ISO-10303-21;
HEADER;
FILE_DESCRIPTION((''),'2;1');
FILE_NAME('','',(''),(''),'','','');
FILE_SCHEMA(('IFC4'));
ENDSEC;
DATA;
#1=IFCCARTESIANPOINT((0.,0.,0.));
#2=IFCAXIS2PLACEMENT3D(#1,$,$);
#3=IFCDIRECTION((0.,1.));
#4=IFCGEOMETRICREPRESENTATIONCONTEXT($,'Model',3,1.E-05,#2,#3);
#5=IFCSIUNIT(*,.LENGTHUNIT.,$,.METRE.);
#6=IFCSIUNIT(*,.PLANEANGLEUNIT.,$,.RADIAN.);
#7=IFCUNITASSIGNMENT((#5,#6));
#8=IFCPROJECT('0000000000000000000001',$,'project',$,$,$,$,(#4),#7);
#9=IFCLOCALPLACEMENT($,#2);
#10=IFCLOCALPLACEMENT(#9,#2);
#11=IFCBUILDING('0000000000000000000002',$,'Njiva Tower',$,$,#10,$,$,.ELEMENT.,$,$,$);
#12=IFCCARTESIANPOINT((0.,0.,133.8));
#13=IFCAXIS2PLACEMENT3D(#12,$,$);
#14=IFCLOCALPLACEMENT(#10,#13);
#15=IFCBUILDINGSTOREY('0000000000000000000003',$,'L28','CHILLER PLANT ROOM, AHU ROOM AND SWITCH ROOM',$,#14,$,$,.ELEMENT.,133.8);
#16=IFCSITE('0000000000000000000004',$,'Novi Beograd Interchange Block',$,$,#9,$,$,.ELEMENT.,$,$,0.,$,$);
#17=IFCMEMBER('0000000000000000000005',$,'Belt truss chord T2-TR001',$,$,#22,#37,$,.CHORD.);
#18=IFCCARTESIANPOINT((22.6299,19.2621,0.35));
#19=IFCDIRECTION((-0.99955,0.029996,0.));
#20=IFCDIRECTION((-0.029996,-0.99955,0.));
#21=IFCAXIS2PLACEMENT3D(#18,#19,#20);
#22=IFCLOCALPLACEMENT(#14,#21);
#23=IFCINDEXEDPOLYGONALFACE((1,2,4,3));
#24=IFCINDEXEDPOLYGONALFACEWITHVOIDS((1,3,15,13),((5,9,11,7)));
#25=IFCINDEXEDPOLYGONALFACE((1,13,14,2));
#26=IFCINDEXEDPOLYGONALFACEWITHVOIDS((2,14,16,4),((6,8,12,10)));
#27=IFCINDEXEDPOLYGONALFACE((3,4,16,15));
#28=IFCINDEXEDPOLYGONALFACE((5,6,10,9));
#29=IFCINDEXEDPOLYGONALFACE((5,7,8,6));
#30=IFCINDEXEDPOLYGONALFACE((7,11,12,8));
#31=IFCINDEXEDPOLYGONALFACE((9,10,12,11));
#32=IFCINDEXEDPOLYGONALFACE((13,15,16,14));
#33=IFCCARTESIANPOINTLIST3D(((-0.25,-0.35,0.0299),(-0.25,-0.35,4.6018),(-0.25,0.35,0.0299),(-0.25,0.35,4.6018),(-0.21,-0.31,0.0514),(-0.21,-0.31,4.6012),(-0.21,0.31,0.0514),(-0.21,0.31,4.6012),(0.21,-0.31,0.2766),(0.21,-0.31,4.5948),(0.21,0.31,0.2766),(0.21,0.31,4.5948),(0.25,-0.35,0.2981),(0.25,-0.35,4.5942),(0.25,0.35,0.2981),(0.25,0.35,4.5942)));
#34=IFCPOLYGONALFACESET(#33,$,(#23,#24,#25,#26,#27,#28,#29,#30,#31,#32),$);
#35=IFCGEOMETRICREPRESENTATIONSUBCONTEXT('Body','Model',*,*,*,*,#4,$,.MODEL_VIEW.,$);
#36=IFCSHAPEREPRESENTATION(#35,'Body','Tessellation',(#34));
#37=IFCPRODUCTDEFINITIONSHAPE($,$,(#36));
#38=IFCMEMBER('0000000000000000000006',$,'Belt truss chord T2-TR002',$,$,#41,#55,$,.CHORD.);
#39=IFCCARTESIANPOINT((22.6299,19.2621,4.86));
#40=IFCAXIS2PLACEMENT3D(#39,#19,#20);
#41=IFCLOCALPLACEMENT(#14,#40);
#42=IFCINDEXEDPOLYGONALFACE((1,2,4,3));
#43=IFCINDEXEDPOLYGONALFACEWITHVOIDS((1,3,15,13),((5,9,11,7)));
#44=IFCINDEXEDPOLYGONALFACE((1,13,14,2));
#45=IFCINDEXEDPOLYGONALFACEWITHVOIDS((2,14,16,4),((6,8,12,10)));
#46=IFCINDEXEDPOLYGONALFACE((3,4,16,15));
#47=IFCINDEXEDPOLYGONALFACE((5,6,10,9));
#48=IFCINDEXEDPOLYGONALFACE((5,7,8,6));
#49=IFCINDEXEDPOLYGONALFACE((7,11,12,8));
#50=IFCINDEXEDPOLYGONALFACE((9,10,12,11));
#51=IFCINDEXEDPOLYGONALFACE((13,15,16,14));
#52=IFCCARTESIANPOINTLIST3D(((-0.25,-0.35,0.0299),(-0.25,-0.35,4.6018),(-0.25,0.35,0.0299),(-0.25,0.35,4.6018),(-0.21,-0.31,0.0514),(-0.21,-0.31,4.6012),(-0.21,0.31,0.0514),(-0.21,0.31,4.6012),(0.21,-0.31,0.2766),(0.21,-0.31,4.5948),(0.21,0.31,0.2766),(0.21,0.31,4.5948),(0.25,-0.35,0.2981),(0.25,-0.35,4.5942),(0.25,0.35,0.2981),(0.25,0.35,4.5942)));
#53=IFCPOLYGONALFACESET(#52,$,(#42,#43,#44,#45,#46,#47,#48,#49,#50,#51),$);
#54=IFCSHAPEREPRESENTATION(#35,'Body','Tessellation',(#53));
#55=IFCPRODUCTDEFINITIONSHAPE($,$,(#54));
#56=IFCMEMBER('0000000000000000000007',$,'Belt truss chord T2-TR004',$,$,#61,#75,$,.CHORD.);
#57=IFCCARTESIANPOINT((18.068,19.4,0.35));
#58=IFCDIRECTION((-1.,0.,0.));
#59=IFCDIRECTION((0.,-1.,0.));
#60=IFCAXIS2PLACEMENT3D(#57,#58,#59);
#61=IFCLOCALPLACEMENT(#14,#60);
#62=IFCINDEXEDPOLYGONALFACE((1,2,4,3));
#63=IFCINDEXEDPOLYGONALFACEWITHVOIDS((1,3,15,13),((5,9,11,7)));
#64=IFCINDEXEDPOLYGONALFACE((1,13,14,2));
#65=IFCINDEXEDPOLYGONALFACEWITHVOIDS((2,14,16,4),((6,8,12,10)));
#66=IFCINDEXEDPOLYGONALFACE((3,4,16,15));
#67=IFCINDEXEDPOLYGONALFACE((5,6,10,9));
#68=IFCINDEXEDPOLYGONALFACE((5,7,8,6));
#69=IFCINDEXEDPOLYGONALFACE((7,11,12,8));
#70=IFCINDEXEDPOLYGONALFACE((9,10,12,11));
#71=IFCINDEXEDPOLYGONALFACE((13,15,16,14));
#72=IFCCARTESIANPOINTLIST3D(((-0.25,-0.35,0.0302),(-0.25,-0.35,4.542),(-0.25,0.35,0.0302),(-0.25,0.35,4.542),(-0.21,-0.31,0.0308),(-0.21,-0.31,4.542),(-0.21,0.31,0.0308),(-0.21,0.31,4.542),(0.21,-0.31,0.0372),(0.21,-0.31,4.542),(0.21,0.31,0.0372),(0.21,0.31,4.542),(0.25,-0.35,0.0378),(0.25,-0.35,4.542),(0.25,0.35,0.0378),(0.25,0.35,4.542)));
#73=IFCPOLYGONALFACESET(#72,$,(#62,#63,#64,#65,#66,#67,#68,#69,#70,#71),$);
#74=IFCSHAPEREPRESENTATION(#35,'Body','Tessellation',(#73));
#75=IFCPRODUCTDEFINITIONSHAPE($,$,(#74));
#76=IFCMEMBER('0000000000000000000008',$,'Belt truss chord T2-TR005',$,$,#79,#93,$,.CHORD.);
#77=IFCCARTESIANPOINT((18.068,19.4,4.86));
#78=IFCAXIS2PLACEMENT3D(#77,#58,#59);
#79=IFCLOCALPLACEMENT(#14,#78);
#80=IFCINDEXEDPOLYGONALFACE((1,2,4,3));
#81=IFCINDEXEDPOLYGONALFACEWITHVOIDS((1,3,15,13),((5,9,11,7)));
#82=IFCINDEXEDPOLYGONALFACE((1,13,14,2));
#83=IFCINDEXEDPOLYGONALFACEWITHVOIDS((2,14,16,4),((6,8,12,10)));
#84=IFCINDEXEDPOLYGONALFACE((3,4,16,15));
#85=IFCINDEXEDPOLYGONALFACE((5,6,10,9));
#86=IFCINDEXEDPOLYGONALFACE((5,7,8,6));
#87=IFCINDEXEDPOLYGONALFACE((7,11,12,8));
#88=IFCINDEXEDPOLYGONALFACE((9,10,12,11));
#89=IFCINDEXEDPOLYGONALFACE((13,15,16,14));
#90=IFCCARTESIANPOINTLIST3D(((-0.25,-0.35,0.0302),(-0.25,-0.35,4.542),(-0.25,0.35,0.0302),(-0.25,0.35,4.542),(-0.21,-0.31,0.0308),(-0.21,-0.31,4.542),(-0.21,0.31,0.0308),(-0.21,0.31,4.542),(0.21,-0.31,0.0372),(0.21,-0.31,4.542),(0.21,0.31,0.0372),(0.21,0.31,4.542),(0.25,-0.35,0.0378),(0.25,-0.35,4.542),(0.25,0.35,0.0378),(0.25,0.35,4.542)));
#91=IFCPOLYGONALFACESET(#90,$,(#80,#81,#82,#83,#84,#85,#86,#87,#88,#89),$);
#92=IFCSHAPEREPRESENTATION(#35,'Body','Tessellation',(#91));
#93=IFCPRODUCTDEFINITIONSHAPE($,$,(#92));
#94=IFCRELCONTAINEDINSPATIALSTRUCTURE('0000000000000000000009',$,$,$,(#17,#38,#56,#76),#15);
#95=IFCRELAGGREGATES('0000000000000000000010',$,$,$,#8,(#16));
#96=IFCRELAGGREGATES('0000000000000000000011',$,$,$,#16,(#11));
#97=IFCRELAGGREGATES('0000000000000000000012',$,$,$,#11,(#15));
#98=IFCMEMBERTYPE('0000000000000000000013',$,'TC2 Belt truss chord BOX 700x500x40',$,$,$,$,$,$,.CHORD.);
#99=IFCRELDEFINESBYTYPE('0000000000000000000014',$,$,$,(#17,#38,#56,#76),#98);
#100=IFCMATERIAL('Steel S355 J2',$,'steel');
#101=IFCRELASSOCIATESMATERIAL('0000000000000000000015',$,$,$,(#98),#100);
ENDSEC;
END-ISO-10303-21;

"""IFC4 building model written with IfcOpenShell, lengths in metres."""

from ifc_helpers import new_model, si_unit, direction, frame, origin, origin_2d, place, context, subcontext, project, spatial, hollow_rectangle, extrude, clip, halfspace, material, material_profile, profile_set, type_object, element, save


model = new_model("IFC4")

# Units and contexts
model_context = context("Model", 3, precision=1e-05, world=origin(), true_north=direction((0.0, 1.0)))
body_context = subcontext(model_context, "Body", "Model", "MODEL_VIEW")
ifc_project = project(units=[si_unit("LENGTHUNIT", "METRE"), si_unit("PLANEANGLEUNIT", "RADIAN")], contexts=[model_context])

# Site, building, storey
site_placement = place(None, origin())
site = spatial("IfcSite", under=ifc_project, at=site_placement, Name="Novi Beograd Interchange Block", CompositionType="ELEMENT", RefElevation=0.0)
building_placement = place(site_placement, origin())
building = spatial("IfcBuilding", under=site, at=building_placement, Name="Njiva Tower", CompositionType="ELEMENT")
storey_placement = place(building_placement, frame((0.0, 0.0, 133.8)))
storey = spatial("IfcBuildingStorey", under=building, at=storey_placement, Name="L28", Description="CHILLER PLANT ROOM, AHU ROOM AND SWITCH ROOM", CompositionType="ELEMENT", Elevation=133.8)

# Shared definitions
ifc_material_1 = material(Name="Steel S355 J2", Category="steel")

# Members
ifc_material_profile_1 = material_profile(ifc_material_1, hollow_rectangle(XDim=0.5, YDim=0.7, WallThickness=0.04, at=origin_2d()), Name="BOX 700x500x40")
ifc_profile_set_1 = profile_set([ifc_material_profile_1], Name="Steel S355 J2")
member_type_1 = type_object("IfcMemberType", Name="TC2 Belt truss chord BOX 700x500x40", PredefinedType="CHORD", material=ifc_profile_set_1)
member_1_placement = place(storey_placement, frame((22.6299, 19.2621, 0.35), z_axis=(-0.99955, 0.029996, 0.0), x_axis=(-0.029996, -0.99955, 0.0)))
element("IfcMember", 1, at=member_1_placement, inside=storey, type_object=member_type_1, Name="Belt truss chord T2-TR001", PredefinedType="CHORD", context=body_context, shape_type="Clipping", body=[
    clip(clip(extrude(hollow_rectangle(XDim=0.5, YDim=0.7, WallThickness=0.04, at=origin_2d()), origin(), (0.0, 0.0, 1.0), 4.632), halfspace(frame((0.0, -134.15, 0.164), z_axis=(0.472648, 0.0, -0.881251), x_axis=(0.0, -1.0, 0.0)), False)), halfspace(frame((0.0, -134.15, 4.598), z_axis=(0.014999, 0.0, 0.999888), x_axis=(0.0, 1.0, 0.0)), False)),
])
member_2_placement = place(storey_placement, frame((22.6299, 19.2621, 4.86), z_axis=(-0.99955, 0.029996, 0.0), x_axis=(-0.029996, -0.99955, 0.0)))
element("IfcMember", 2, at=member_2_placement, inside=storey, type_object=member_type_1, Name="Belt truss chord T2-TR002", PredefinedType="CHORD", context=body_context, shape_type="Clipping", body=[
    clip(clip(extrude(hollow_rectangle(XDim=0.5, YDim=0.7, WallThickness=0.04, at=origin_2d()), origin(), (0.0, 0.0, 1.0), 4.632), halfspace(frame((0.0, -138.66, 0.164), z_axis=(0.472648, 0.0, -0.881251), x_axis=(0.0, -1.0, 0.0)), False)), halfspace(frame((0.0, -138.66, 4.598), z_axis=(0.014999, 0.0, 0.999888), x_axis=(0.0, 1.0, 0.0)), False)),
])
member_3_placement = place(storey_placement, frame((18.068, 19.4, 0.35), z_axis=(-1.0, 0.0, 0.0), x_axis=(0.0, -1.0, 0.0)))
element("IfcMember", 3, at=member_3_placement, inside=storey, type_object=member_type_1, Name="Belt truss chord T2-TR004", PredefinedType="CHORD", context=body_context, shape_type="Clipping", body=[
    clip(extrude(hollow_rectangle(XDim=0.5, YDim=0.7, WallThickness=0.04, at=origin_2d()), origin(), (0.0, 0.0, 1.0), 4.542), halfspace(frame((0.0, -134.15, 0.034), z_axis=(0.015, 0.0, -0.999887), x_axis=(0.0, -1.0, 0.0)), False)),
])
member_4_placement = place(storey_placement, frame((18.068, 19.4, 4.86), z_axis=(-1.0, 0.0, 0.0), x_axis=(0.0, -1.0, 0.0)))
element("IfcMember", 4, at=member_4_placement, inside=storey, type_object=member_type_1, Name="Belt truss chord T2-TR005", PredefinedType="CHORD", context=body_context, shape_type="Clipping", body=[
    clip(extrude(hollow_rectangle(XDim=0.5, YDim=0.7, WallThickness=0.04, at=origin_2d()), origin(), (0.0, 0.0, 1.0), 4.542), halfspace(frame((0.0, -138.66, 0.034), z_axis=(0.015, 0.0, -0.999887), x_axis=(0.0, -1.0, 0.0)), False)),
])

save(model, "model.ifc")
